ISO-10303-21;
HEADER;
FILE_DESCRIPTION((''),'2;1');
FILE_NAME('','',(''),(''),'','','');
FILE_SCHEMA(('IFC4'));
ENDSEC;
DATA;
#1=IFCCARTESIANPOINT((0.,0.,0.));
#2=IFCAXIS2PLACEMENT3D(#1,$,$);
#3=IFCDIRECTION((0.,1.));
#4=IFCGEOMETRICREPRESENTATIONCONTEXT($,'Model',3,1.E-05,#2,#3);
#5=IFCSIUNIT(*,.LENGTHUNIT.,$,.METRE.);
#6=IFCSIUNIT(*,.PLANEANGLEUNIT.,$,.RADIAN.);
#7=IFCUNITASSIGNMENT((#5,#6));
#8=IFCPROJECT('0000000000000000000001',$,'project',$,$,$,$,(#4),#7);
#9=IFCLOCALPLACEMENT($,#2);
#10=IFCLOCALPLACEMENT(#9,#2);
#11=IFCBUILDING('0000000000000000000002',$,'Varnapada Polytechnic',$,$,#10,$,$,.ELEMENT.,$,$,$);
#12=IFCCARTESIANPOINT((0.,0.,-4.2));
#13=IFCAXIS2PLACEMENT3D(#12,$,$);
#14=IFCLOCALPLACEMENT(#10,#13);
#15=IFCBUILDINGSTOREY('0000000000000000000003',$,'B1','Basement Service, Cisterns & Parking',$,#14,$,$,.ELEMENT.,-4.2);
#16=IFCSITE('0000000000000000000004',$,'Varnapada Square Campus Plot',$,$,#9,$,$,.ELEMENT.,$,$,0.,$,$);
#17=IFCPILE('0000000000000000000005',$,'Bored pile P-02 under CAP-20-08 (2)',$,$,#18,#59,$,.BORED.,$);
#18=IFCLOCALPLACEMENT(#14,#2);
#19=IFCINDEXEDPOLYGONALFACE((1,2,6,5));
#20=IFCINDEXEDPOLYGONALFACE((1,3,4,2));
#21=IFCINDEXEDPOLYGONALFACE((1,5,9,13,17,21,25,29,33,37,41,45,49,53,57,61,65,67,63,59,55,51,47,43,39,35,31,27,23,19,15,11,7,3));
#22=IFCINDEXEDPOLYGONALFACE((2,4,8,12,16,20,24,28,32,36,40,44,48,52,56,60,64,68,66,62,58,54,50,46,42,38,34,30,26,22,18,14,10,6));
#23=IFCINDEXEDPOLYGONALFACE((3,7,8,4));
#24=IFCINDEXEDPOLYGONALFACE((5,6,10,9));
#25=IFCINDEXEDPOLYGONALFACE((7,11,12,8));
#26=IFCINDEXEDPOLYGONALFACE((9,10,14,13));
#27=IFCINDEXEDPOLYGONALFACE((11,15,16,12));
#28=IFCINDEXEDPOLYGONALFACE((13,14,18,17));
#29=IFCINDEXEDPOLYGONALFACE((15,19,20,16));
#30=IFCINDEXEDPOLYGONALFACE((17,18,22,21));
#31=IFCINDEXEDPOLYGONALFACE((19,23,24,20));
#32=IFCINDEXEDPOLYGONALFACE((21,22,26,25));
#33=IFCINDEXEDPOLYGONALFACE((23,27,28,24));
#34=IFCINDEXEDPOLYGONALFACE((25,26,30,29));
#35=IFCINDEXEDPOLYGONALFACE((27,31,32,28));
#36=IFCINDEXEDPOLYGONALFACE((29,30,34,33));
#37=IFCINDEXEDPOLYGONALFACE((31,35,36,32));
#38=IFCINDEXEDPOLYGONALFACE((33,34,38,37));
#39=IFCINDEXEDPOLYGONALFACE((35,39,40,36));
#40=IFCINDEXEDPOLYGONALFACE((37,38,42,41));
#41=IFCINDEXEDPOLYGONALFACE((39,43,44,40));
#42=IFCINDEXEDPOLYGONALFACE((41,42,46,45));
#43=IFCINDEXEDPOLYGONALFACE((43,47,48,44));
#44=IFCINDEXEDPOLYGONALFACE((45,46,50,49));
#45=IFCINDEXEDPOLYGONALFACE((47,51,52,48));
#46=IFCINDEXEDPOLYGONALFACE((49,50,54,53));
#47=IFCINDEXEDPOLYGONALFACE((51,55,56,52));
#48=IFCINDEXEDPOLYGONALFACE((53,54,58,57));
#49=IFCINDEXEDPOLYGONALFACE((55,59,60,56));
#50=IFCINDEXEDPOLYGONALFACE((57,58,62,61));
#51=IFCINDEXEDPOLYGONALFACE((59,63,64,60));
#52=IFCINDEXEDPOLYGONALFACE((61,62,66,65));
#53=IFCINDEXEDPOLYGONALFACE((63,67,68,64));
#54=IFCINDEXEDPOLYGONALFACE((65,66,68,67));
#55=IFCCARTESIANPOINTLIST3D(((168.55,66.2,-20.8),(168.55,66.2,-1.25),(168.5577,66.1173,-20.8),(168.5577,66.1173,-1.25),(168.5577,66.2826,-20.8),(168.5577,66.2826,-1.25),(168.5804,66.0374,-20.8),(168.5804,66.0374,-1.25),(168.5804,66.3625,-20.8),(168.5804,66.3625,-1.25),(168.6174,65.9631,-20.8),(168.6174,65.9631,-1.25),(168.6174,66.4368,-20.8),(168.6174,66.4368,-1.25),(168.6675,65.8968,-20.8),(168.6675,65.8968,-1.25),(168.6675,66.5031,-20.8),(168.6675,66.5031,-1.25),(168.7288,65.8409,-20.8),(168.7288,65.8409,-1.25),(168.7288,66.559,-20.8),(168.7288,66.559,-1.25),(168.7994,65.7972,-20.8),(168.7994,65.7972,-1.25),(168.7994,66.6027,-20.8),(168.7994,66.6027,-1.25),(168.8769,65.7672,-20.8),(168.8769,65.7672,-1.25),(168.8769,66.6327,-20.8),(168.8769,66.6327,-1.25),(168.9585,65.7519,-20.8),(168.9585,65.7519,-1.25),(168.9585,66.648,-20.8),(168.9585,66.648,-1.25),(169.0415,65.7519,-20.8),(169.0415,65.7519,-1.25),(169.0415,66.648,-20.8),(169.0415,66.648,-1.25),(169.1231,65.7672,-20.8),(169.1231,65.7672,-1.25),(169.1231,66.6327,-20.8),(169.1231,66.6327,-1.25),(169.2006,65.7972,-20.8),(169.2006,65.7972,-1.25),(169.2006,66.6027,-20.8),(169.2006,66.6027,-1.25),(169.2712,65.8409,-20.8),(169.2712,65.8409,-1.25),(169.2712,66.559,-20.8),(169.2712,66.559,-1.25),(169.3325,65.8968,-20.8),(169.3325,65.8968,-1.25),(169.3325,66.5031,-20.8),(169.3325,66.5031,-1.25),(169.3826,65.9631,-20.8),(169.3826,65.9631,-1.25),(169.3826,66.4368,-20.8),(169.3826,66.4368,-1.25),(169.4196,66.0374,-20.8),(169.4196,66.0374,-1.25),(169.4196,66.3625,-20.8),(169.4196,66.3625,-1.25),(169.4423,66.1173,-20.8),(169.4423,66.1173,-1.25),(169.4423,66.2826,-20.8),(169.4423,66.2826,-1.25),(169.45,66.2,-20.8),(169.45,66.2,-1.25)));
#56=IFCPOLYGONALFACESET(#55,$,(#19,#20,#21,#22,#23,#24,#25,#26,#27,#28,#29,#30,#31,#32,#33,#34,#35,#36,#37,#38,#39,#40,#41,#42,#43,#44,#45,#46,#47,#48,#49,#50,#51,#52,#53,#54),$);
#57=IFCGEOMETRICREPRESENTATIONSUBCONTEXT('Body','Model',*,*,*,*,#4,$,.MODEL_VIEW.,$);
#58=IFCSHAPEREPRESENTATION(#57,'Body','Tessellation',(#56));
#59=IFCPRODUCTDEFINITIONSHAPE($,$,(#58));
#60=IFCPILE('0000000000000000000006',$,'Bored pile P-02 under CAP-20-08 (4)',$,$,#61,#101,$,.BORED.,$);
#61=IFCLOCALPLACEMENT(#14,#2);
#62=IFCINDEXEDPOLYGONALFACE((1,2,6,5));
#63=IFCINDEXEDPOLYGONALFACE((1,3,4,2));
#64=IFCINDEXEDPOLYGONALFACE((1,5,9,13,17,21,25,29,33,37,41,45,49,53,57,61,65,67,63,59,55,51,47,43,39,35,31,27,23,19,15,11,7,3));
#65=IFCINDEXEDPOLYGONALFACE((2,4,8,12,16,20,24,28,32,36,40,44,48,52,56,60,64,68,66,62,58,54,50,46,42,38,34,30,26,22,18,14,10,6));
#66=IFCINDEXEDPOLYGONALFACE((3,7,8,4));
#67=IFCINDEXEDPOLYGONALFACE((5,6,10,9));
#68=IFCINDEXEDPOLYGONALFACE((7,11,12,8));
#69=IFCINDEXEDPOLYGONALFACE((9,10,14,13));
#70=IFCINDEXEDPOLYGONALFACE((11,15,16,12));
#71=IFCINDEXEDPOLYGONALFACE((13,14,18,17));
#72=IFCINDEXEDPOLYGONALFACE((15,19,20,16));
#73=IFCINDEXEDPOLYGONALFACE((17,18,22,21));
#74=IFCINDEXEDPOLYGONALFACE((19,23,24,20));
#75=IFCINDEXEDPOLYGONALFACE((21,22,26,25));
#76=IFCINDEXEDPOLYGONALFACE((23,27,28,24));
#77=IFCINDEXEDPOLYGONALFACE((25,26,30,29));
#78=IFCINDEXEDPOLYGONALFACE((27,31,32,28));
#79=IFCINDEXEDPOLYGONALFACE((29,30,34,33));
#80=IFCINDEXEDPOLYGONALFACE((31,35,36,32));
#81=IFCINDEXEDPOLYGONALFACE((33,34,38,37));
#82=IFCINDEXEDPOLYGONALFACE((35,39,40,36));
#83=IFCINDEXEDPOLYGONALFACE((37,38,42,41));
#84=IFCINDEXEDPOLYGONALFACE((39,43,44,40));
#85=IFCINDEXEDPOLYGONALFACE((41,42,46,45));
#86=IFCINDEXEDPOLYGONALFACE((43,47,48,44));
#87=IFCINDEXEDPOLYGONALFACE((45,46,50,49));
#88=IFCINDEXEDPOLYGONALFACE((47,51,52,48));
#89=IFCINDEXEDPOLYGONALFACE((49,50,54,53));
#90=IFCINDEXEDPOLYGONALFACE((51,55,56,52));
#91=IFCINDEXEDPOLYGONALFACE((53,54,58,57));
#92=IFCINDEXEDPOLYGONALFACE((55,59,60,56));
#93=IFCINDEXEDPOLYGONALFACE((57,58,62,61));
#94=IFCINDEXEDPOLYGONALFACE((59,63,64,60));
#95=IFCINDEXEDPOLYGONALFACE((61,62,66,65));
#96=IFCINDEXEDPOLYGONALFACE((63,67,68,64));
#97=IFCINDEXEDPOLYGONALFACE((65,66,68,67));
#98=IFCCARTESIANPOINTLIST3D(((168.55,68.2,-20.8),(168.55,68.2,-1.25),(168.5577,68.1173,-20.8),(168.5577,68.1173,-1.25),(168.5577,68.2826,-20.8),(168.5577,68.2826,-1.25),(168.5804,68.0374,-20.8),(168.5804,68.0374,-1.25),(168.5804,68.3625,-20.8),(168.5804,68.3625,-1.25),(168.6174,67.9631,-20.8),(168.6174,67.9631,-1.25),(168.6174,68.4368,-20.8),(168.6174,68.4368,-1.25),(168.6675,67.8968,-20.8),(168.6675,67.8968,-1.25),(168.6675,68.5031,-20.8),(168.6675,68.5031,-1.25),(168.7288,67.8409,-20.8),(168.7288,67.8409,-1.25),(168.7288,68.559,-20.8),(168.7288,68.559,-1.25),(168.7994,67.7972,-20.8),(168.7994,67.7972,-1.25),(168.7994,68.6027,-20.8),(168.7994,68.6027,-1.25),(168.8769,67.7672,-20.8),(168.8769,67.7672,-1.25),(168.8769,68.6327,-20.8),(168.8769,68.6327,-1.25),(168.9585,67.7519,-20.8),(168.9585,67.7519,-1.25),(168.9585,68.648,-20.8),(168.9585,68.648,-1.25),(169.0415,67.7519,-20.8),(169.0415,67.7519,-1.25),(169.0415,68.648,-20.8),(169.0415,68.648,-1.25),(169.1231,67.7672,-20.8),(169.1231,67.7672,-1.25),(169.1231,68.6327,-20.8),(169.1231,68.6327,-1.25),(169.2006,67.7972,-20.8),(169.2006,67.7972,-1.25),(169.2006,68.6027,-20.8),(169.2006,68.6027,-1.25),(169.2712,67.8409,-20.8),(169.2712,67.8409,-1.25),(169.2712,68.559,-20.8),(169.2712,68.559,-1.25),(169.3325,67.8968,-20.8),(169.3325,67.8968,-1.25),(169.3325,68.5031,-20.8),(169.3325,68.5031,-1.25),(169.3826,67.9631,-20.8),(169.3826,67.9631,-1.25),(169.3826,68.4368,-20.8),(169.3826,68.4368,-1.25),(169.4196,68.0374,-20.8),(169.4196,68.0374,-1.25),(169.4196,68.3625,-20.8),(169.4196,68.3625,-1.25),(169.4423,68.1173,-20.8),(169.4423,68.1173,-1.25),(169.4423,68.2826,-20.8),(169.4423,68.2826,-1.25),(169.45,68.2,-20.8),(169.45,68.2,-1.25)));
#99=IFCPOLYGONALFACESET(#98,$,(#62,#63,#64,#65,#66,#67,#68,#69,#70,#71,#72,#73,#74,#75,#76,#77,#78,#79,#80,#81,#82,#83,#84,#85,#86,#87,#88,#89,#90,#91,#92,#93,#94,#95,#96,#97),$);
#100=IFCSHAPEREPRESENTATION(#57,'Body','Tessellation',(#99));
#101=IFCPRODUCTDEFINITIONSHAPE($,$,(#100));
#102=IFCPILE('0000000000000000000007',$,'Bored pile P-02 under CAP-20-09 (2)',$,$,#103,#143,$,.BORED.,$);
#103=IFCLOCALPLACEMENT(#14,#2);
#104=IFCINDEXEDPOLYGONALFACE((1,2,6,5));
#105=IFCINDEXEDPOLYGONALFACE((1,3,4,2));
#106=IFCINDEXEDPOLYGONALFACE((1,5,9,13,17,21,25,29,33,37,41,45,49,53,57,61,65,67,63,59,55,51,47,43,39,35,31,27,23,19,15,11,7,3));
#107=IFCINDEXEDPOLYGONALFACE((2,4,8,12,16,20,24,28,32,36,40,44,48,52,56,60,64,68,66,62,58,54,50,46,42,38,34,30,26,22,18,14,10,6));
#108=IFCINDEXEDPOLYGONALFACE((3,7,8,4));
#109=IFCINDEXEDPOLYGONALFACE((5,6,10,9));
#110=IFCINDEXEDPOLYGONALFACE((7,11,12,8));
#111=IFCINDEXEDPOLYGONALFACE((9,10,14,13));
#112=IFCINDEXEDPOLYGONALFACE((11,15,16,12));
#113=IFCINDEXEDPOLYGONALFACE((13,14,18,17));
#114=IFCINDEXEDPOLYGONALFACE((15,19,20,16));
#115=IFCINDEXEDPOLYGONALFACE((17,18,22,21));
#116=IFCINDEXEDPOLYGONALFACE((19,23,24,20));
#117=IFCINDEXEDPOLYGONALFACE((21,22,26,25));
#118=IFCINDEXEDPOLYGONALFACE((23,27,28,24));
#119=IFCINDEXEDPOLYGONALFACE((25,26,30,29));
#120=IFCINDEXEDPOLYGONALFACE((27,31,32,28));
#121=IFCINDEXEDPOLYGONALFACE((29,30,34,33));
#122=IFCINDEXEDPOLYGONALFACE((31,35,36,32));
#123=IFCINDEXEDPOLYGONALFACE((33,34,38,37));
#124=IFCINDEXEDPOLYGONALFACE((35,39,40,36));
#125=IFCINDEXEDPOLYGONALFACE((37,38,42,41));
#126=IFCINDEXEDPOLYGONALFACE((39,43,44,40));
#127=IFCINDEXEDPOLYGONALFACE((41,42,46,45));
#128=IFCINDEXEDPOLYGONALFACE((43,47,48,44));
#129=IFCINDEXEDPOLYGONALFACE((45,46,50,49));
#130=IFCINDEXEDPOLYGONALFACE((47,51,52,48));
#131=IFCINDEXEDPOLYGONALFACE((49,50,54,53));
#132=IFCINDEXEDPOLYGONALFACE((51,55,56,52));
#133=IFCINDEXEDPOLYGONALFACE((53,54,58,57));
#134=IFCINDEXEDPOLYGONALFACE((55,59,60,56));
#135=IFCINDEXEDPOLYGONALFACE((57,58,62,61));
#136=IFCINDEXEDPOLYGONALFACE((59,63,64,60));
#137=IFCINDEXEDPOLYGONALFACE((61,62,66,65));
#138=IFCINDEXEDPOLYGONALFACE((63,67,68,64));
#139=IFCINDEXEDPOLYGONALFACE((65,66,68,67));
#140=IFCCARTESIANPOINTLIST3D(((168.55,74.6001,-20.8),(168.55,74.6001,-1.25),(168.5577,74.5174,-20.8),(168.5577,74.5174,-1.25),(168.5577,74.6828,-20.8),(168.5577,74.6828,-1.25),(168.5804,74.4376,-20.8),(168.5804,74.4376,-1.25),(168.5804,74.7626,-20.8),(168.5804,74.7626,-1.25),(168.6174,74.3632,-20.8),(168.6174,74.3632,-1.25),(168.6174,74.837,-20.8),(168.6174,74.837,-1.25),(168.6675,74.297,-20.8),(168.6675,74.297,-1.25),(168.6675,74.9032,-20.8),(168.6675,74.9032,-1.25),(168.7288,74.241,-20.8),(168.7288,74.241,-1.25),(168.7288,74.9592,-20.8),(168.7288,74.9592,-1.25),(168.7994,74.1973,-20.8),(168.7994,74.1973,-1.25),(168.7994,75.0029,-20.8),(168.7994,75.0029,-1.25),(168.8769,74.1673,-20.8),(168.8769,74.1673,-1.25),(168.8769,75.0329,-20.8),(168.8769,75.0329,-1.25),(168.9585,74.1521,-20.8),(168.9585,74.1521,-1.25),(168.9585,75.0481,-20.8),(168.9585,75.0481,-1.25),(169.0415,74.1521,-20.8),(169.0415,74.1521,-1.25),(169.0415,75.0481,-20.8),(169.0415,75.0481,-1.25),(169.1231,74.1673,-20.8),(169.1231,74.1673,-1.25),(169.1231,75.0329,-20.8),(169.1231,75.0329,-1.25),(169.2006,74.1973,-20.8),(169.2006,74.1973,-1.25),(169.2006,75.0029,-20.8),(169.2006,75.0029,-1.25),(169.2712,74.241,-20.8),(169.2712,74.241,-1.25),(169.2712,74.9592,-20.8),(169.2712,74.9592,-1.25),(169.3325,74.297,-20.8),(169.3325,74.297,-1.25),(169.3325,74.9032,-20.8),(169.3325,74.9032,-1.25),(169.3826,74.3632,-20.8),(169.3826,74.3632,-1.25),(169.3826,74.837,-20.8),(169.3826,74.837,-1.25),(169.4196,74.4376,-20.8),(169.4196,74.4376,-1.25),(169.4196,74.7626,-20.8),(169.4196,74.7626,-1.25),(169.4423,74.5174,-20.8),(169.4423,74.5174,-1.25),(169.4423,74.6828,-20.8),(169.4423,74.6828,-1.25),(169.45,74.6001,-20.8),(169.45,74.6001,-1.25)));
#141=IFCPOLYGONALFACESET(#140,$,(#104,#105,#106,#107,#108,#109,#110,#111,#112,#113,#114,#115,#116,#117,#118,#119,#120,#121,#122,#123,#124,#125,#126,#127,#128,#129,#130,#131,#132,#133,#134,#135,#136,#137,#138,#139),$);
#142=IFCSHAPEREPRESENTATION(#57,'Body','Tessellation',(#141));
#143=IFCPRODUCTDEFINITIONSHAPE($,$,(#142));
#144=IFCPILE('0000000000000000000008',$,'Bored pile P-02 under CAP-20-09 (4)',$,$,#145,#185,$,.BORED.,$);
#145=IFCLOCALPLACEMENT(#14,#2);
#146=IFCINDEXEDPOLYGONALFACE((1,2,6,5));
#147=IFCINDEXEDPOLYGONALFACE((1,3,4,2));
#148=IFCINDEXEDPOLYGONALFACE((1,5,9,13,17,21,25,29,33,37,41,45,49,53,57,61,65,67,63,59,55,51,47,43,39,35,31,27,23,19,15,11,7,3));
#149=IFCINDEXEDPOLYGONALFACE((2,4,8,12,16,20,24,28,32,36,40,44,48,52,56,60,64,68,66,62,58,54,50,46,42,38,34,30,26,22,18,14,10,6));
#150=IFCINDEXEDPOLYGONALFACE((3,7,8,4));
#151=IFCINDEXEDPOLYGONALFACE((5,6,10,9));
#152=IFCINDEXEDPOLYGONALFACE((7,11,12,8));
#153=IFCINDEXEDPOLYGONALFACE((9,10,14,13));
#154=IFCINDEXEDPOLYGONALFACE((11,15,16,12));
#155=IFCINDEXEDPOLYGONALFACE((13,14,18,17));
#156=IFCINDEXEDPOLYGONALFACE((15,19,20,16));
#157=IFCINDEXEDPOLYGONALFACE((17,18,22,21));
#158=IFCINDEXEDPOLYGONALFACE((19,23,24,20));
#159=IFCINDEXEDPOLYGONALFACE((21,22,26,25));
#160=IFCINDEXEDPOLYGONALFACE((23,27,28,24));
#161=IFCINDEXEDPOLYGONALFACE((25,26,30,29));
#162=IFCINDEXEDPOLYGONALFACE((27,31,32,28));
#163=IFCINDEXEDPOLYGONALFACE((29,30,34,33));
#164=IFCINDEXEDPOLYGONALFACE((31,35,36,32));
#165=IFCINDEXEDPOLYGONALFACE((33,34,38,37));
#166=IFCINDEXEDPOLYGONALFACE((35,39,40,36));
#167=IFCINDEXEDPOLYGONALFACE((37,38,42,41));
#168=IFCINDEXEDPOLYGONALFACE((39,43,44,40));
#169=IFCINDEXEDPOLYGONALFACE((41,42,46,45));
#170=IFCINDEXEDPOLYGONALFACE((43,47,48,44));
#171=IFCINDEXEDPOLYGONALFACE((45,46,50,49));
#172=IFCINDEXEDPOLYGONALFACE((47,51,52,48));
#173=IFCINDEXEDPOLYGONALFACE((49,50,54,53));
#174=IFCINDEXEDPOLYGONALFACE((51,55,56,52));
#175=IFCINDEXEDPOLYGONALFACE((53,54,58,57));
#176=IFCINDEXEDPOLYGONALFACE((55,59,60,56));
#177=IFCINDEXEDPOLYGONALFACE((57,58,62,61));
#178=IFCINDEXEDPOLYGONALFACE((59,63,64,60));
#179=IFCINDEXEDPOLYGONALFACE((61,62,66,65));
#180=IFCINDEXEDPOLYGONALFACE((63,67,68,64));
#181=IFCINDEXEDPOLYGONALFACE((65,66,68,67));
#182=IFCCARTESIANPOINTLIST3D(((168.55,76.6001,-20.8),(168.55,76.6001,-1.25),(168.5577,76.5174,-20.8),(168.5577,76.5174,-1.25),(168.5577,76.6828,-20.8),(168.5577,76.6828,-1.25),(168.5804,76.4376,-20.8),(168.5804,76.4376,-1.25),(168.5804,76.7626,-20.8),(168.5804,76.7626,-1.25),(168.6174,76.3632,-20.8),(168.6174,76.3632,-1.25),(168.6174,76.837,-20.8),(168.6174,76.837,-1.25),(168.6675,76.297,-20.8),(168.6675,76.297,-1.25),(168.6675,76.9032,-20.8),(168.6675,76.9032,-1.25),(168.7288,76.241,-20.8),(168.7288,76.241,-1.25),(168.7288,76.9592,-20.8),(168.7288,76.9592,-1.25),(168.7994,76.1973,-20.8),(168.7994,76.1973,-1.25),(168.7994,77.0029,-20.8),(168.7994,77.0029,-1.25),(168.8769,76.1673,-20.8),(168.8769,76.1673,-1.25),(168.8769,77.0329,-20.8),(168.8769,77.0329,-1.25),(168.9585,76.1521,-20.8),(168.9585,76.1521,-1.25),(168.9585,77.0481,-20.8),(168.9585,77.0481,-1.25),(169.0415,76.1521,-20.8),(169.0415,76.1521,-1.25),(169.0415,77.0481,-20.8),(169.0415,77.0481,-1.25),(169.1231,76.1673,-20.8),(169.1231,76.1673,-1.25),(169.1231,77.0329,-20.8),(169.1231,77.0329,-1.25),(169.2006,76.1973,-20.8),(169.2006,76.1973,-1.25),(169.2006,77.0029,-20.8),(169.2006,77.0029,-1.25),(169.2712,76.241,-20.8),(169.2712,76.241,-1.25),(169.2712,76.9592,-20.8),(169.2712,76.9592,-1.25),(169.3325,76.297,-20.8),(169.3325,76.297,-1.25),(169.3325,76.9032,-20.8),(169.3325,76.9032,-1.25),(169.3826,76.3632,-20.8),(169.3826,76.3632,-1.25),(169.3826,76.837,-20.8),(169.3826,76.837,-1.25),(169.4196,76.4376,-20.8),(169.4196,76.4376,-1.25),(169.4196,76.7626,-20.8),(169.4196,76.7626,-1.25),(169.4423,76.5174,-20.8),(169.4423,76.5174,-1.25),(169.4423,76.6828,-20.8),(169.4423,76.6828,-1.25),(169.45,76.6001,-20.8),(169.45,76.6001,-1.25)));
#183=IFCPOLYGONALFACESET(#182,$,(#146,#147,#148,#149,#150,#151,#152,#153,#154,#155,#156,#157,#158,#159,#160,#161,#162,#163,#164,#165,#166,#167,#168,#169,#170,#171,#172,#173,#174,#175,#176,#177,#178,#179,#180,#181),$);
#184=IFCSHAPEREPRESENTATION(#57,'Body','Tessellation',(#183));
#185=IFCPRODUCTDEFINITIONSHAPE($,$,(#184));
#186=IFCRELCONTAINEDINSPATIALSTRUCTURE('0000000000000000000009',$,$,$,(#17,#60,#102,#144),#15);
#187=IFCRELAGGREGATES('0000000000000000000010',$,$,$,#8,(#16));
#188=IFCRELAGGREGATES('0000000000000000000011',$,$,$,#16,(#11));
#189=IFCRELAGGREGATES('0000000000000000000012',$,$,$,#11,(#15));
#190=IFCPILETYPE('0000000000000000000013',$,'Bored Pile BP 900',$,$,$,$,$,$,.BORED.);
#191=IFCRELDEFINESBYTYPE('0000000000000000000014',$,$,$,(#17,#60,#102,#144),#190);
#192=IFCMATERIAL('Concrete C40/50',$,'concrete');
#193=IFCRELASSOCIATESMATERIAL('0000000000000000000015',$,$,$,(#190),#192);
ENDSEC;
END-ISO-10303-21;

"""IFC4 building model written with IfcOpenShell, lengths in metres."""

from ifc_helpers import new_model, si_unit, direction, frame, origin, origin_2d, place, context, subcontext, project, spatial, circle, extrude, material, material_profile, profile_set, type_object, element, save


model = new_model("IFC4")

# Units and contexts
model_context = context("Model", 3, precision=1e-05, world=origin(), true_north=direction((0.0, 1.0)))
body_context = subcontext(model_context, "Body", "Model", "MODEL_VIEW")
ifc_project = project(units=[si_unit("LENGTHUNIT", "METRE"), si_unit("PLANEANGLEUNIT", "RADIAN")], contexts=[model_context])

# Site, building, storey
site_placement = place(None, origin())
site = spatial("IfcSite", under=ifc_project, at=site_placement, Name="Varnapada Square Campus Plot", CompositionType="ELEMENT", RefElevation=0.0)
building_placement = place(site_placement, origin())
building = spatial("IfcBuilding", under=site, at=building_placement, Name="Varnapada Polytechnic", CompositionType="ELEMENT")
storey_placement = place(building_placement, frame((0.0, 0.0, -4.2)))
storey = spatial("IfcBuildingStorey", under=building, at=storey_placement, Name="B1", Description="Basement Service, Cisterns & Parking", CompositionType="ELEMENT", Elevation=-4.2)

# Piles
ifc_material_1 = material(Name="Concrete C40/50", Category="concrete")
ifc_material_profile_1 = material_profile(ifc_material_1, circle(Radius=0.45, at=origin_2d()), Name="BP 900")
ifc_profile_set_1 = profile_set([ifc_material_profile_1], Name="Concrete C40/50")
pile_type = type_object("IfcPileType", Name="Bored Pile BP 900", PredefinedType="BORED", material=ifc_profile_set_1)
for number, where, z_axis, x_axis, name in (
    (1, (169.0, 66.2, -1.25), (0.0, 0.0, -1.0), (1.0, 0.0, 0.0), "Bored pile P-02 under CAP-20-08 (2)"),
    (2, (169.0, 68.2, -1.25), (0.0, 0.0, -1.0), (1.0, 0.0, 0.0), "Bored pile P-02 under CAP-20-08 (4)"),
    (3, (169.0, 74.6001, -1.25), (0.0, 0.0, -1.0), (1.0, 0.0, 0.0), "Bored pile P-02 under CAP-20-09 (2)"),
    (4, (169.0, 76.6001, -1.25), (0.0, 0.0, -1.0), (1.0, 0.0, 0.0), "Bored pile P-02 under CAP-20-09 (4)"),
):
    element("IfcPile", number, at=place(storey_placement, frame(where, z_axis=z_axis, x_axis=x_axis)), inside=storey, type_object=pile_type, Name=name, PredefinedType="BORED", context=body_context, shape_type="SweptSolid", body=[
        extrude(circle(Radius=0.45, at=origin_2d()), origin(), (0.0, 0.0, 1.0), 19.55),
    ])

save(model, "model.ifc")
